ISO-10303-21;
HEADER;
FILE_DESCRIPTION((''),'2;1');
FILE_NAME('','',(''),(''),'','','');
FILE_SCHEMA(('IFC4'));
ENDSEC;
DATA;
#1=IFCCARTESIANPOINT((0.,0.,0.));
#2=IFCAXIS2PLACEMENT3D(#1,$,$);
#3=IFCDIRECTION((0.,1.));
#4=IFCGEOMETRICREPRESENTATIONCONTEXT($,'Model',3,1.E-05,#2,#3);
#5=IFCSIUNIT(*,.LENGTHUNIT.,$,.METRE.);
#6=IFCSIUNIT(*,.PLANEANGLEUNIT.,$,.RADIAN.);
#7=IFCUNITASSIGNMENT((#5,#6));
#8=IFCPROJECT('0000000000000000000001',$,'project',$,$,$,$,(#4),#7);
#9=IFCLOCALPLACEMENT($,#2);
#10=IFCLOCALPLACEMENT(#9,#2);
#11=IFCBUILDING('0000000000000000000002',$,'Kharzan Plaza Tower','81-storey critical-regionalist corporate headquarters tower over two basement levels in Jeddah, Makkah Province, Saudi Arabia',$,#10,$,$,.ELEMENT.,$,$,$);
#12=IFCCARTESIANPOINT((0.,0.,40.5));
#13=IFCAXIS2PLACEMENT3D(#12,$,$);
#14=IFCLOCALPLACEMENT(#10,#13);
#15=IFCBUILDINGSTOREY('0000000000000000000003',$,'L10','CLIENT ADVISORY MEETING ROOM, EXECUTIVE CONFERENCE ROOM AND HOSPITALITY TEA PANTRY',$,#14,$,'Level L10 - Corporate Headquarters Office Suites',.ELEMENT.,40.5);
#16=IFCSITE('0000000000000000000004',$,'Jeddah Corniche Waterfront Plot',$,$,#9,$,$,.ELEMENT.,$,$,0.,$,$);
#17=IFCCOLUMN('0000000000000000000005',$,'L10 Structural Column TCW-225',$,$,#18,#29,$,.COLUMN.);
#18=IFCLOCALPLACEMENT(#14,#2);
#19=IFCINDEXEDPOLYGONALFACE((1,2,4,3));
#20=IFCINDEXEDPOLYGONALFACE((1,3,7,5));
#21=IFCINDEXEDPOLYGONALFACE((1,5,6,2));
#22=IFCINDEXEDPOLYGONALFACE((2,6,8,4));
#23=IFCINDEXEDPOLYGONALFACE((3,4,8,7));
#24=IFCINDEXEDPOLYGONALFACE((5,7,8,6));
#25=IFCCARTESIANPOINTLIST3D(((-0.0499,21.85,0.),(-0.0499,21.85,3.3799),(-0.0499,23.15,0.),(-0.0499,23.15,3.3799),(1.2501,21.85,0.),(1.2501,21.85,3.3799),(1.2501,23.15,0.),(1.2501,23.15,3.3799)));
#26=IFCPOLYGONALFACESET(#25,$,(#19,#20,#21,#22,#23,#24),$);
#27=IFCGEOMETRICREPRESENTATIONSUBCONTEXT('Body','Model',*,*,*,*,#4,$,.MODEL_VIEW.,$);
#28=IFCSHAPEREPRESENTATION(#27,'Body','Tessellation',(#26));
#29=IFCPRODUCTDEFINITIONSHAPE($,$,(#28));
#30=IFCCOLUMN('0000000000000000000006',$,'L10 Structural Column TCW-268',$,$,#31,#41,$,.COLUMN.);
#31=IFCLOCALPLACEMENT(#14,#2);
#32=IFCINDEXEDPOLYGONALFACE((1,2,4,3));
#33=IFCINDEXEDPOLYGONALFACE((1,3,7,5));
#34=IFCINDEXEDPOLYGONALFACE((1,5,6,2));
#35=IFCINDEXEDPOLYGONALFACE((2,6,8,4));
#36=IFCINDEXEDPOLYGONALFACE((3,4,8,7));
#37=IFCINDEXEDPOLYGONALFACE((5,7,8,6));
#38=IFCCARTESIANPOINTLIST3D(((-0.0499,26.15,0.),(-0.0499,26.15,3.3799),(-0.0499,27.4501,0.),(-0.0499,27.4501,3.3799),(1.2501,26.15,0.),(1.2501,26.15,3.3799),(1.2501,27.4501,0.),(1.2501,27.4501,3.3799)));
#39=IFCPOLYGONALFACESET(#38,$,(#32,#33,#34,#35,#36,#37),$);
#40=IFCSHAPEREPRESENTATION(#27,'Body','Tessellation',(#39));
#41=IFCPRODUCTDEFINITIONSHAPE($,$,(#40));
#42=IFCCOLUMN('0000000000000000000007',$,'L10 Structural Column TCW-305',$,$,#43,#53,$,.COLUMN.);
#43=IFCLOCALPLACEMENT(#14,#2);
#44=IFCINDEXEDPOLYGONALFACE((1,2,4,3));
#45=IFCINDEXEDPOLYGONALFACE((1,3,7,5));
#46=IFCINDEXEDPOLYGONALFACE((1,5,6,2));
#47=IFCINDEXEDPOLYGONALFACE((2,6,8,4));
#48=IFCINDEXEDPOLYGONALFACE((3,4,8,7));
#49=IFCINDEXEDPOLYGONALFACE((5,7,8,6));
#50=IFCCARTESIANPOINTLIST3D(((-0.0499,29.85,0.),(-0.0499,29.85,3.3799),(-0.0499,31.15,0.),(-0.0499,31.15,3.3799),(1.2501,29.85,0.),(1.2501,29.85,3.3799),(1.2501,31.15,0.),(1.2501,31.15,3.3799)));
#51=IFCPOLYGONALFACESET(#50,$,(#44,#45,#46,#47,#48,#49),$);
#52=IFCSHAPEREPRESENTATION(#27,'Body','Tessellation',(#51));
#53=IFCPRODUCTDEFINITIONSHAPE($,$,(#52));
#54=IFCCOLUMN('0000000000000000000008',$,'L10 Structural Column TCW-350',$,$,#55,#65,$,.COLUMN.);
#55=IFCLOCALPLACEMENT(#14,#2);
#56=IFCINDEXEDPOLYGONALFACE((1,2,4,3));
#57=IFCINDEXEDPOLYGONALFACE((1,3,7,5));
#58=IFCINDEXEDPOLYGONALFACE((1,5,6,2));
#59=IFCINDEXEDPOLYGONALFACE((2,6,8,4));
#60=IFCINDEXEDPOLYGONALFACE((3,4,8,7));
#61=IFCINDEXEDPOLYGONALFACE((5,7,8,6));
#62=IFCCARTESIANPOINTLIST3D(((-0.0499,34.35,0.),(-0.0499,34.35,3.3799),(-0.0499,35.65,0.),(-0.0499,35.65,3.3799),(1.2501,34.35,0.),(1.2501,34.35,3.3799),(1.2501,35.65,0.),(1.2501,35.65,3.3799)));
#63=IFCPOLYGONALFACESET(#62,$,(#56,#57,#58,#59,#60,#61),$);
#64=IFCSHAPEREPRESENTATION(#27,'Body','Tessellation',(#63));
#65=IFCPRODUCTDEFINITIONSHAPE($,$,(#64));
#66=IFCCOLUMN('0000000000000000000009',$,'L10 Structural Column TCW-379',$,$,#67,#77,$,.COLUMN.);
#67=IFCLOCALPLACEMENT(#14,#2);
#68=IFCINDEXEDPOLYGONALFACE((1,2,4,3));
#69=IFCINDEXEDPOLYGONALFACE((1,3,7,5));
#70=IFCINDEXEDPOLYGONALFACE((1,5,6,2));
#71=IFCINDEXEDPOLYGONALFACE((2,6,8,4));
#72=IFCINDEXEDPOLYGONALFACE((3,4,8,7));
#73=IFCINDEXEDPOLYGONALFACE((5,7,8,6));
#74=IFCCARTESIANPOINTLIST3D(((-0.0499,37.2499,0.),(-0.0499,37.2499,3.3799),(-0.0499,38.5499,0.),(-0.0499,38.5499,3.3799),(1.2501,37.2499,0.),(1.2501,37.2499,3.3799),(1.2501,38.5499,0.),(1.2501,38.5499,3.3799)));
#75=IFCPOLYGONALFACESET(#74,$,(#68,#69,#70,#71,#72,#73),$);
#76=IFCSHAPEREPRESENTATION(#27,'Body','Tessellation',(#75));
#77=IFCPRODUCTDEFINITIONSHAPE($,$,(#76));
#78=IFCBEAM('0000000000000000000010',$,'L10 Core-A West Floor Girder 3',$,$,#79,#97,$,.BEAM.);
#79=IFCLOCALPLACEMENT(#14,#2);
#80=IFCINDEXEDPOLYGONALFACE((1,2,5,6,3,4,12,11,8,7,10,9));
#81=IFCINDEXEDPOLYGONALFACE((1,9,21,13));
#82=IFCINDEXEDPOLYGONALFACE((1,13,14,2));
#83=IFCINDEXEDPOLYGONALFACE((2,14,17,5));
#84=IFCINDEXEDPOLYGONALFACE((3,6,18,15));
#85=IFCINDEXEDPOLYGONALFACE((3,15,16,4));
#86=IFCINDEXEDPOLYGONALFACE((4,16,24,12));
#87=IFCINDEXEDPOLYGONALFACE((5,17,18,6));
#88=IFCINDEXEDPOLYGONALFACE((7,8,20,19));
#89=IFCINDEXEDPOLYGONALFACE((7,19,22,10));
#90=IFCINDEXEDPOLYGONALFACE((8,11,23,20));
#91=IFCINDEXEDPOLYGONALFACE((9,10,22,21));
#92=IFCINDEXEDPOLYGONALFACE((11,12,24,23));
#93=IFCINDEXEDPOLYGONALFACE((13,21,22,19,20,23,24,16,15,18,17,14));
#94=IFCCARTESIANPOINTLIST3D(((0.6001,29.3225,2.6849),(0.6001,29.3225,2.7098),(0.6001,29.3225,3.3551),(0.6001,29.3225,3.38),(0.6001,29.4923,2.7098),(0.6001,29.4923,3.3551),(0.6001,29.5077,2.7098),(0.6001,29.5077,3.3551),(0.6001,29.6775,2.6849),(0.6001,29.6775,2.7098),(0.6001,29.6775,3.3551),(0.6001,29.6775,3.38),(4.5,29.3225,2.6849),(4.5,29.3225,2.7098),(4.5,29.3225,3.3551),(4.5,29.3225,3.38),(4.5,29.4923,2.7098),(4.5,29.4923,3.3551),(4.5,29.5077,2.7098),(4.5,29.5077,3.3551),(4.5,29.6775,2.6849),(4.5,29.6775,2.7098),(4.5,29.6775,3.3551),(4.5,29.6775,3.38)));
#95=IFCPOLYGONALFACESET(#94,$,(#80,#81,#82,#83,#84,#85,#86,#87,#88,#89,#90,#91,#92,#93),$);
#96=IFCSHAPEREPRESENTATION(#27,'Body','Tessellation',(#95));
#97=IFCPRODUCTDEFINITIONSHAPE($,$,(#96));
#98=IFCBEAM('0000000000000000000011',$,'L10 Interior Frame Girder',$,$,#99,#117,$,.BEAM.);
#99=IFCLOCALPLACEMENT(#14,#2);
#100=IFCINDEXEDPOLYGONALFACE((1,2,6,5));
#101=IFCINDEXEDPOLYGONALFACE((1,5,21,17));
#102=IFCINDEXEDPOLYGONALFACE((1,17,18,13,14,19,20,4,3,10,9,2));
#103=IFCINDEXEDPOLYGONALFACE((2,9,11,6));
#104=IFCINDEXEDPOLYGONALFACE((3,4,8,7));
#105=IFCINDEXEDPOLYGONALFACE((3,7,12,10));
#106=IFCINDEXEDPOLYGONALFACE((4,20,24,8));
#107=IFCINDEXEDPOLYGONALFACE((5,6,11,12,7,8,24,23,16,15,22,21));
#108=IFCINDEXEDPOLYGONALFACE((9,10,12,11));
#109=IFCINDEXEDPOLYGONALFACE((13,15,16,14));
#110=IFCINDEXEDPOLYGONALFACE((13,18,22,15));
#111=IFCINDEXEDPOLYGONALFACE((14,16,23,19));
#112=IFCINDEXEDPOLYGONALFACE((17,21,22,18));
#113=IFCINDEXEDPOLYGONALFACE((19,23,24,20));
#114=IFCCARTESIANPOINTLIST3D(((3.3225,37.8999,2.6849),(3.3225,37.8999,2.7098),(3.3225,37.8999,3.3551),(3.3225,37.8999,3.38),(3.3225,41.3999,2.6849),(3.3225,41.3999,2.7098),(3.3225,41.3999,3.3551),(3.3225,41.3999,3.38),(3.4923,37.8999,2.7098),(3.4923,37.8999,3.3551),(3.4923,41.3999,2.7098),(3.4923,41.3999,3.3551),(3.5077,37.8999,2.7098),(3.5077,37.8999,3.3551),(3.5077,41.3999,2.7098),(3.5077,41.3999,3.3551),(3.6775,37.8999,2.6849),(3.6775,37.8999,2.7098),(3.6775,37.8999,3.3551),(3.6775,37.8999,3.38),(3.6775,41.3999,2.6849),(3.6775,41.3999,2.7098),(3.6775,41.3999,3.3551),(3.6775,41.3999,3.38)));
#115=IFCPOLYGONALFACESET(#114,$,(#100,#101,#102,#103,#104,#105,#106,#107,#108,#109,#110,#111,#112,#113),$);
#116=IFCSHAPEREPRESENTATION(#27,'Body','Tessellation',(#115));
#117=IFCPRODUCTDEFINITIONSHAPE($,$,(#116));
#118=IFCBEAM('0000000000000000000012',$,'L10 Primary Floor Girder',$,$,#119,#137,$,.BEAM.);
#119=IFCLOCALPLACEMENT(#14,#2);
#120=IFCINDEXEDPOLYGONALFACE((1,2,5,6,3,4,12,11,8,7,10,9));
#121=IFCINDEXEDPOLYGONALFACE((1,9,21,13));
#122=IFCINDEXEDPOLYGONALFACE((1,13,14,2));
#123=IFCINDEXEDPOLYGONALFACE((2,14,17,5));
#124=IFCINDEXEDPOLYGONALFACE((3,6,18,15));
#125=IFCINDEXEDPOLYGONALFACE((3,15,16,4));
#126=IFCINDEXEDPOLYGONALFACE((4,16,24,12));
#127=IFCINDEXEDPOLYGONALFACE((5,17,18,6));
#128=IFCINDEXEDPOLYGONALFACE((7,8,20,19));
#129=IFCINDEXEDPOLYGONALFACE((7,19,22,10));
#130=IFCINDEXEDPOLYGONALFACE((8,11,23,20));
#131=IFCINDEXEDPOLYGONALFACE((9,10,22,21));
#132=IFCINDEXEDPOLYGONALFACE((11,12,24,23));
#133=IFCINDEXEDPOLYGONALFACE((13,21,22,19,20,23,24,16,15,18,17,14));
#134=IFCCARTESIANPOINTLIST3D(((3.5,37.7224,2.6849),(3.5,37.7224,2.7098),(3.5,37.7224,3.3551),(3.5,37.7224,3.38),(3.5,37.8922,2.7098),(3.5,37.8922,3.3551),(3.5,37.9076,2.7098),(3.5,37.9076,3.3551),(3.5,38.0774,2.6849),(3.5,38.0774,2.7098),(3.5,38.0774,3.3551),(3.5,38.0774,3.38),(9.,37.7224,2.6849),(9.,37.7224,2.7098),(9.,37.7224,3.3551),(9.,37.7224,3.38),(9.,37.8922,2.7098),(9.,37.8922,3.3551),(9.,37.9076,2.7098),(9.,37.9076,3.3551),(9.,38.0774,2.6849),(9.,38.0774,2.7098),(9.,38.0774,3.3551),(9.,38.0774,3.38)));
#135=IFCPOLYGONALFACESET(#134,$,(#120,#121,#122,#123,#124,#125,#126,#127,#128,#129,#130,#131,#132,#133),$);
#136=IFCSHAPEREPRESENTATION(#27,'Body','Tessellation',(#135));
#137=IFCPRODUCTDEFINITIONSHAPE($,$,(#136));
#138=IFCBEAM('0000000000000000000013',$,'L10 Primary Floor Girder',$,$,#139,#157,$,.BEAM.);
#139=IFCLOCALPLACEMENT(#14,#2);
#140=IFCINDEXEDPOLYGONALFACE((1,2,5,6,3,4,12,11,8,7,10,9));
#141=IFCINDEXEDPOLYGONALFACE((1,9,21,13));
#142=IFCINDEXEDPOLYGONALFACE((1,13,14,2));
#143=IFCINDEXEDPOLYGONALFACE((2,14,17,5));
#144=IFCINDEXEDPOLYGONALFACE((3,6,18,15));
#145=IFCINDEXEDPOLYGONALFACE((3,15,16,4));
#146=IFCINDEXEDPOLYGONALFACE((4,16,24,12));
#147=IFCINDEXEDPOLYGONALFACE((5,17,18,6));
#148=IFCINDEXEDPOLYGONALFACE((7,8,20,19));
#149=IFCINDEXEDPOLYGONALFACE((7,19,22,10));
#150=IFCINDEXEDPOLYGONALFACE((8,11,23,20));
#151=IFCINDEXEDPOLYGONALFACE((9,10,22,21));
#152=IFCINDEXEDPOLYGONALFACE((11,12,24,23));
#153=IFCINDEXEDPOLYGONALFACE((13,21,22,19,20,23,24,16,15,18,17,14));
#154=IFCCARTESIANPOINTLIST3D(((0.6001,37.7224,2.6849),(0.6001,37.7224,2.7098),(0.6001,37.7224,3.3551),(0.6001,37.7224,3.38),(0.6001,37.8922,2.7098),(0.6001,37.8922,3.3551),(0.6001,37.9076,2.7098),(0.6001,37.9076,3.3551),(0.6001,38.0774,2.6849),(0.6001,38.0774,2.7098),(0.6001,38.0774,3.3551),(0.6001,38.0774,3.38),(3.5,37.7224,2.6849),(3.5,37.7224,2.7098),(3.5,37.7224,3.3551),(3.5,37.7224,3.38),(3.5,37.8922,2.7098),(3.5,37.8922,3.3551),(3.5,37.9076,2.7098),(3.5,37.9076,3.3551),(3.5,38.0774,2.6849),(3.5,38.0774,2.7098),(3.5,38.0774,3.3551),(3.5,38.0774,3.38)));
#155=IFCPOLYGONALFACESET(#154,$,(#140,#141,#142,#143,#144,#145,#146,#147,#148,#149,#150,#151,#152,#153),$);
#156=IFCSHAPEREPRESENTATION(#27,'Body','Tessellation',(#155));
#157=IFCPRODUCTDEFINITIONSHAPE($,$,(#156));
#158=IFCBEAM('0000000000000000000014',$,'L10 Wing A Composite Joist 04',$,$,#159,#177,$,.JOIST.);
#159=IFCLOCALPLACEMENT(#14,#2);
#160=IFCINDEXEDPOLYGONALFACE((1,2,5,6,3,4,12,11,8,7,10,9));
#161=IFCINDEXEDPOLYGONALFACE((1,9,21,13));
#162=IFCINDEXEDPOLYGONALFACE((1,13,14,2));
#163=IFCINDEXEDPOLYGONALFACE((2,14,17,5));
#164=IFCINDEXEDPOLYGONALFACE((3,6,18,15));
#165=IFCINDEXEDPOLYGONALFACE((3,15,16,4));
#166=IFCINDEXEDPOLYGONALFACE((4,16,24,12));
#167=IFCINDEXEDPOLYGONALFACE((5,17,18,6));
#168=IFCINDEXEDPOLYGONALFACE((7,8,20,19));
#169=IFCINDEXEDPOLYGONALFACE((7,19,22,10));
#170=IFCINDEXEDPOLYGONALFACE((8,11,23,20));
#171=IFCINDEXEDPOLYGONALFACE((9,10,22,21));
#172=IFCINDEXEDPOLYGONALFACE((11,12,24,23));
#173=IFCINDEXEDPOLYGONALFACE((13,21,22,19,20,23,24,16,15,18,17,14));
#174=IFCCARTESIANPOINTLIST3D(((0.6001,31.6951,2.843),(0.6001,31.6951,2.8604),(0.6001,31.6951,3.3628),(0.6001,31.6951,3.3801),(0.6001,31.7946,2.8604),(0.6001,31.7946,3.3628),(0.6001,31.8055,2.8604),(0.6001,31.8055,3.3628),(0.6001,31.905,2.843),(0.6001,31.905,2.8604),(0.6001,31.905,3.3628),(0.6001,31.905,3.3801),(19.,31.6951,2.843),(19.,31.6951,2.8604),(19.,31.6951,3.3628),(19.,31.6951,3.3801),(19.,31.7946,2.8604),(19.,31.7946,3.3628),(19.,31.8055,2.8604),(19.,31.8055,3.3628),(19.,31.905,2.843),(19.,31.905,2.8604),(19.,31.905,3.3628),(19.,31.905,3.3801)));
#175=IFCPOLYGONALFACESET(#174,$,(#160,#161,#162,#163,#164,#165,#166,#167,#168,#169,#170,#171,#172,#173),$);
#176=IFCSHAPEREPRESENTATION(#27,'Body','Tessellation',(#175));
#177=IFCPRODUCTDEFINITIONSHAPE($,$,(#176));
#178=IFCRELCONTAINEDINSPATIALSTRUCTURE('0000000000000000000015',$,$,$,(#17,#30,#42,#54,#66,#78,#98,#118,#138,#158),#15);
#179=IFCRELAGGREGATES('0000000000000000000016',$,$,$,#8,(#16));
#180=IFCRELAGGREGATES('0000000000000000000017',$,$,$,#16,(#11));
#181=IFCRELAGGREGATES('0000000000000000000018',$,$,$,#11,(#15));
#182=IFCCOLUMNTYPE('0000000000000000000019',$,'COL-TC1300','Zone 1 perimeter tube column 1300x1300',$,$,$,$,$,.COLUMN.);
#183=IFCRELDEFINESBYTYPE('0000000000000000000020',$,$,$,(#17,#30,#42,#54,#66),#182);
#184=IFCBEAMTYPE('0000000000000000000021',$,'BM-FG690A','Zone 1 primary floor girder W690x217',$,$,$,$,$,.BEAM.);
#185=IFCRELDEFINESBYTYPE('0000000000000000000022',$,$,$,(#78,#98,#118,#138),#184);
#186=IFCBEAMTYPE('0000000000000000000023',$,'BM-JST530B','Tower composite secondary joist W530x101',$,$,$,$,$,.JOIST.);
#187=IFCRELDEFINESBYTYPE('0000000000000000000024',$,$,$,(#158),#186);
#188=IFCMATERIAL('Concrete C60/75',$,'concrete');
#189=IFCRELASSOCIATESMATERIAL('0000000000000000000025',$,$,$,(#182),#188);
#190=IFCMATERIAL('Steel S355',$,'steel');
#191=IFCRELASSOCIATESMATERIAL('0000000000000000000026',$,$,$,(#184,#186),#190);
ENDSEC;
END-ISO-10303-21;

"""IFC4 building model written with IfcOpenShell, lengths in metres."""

from ifc_helpers import new_model, si_unit, direction, frame, origin, origin_2d, place, context, subcontext, project, spatial, rectangle, i_section, extrude, source, transform, mapped, material, material_profile, profile_set, type_object, element, save


model = new_model("IFC4")

# Units and contexts
model_context = context("Model", 3, precision=1e-05, world=origin(), true_north=direction((0.0, 1.0)))
body_context = subcontext(model_context, "Body", "Model", "MODEL_VIEW")
ifc_project = project(units=[si_unit("LENGTHUNIT", "METRE"), si_unit("PLANEANGLEUNIT", "RADIAN")], contexts=[model_context])

# Site, building, storey
site_placement = place(None, origin())
site = spatial("IfcSite", under=ifc_project, at=site_placement, Name="Jeddah Corniche Waterfront Plot", CompositionType="ELEMENT", RefElevation=0.0)
building_placement = place(site_placement, origin())
building = spatial("IfcBuilding", under=site, at=building_placement, Name="Kharzan Plaza Tower", Description="81-storey critical-regionalist corporate headquarters tower over two basement levels in Jeddah, Makkah Province, Saudi Arabia", CompositionType="ELEMENT")
storey_placement = place(building_placement, frame((0.0, 0.0, 40.5)))
storey = spatial("IfcBuildingStorey", under=building, at=storey_placement, Name="L10", Description="CLIENT ADVISORY MEETING ROOM, EXECUTIVE CONFERENCE ROOM AND HOSPITALITY TEA PANTRY", LongName="Level L10 - Corporate Headquarters Office Suites", CompositionType="ELEMENT", Elevation=40.5)

# Columns
ifc_material_1 = material(Name="Concrete C60/75", Category="concrete")
ifc_material_profile_1 = material_profile(ifc_material_1, rectangle(XDim=1.3, YDim=1.3, at=origin_2d()), Name="RC-TC1300x1300")
ifc_profile_set_1 = profile_set([ifc_material_profile_1], Name="Concrete C60/75")
column_type = type_object("IfcColumnType", Name="COL-TC1300", Description="Zone 1 perimeter tube column 1300x1300", PredefinedType="COLUMN", material=ifc_profile_set_1)
shared_shape_1 = source(origin(), body_context, "Body", "SweptSolid", [
    extrude(rectangle(XDim=1.3, YDim=1.3, at=origin_2d()), origin(), (0.0, 0.0, 1.0), 3.3799),
])
for number, where, z_axis, x_axis, name in (
    (1, (0.6001, 22.5, 0.0), (0.0, 0.0, 1.0), (1.0, 0.0, 0.0), "L10 Structural Column TCW-225"),
    (2, (0.6001, 26.8, 0.0), (0.0, 0.0, 1.0), (1.0, 0.0, 0.0), "L10 Structural Column TCW-268"),
    (3, (0.6001, 30.5, 0.0), (0.0, 0.0, 1.0), (1.0, 0.0, 0.0), "L10 Structural Column TCW-305"),
    (4, (0.6001, 35.0, 0.0), (0.0, 0.0, 1.0), (1.0, 0.0, 0.0), "L10 Structural Column TCW-350"),
    (5, (0.6001, 37.8999, 0.0), (0.0, 0.0, 1.0), (1.0, 0.0, 0.0), "L10 Structural Column TCW-379"),
):
    element("IfcColumn", number, at=place(storey_placement, frame(where, z_axis=z_axis, x_axis=x_axis)), inside=storey, type_object=column_type, Name=name, PredefinedType="COLUMN", context=body_context, shape_type="MappedRepresentation", body=[
        mapped(shared_shape_1, transform((0.0, 0.0, 0.0), x_axis=(1.0, 0.0, 0.0), y_axis=(0.0, 1.0, 0.0), z_axis=(0.0, 0.0, 1.0))),
    ])

# Beams
ifc_material_2 = material(Name="Steel S355", Category="steel")
ifc_material_profile_2 = material_profile(ifc_material_2, i_section(OverallWidth=0.355, OverallDepth=0.6951, WebThickness=0.0154, FlangeThickness=0.0249, at=origin_2d()), Name="W690x217")
ifc_profile_set_2 = profile_set([ifc_material_profile_2], Name="Steel S355")
beam_type_1 = type_object("IfcBeamType", Name="BM-FG690A", Description="Zone 1 primary floor girder W690x217", PredefinedType="BEAM", material=ifc_profile_set_2)
shared_shape_2 = source(origin(), body_context, "Body", "SweptSolid", [
    extrude(i_section(OverallWidth=0.355, OverallDepth=0.6951, WebThickness=0.0154, FlangeThickness=0.0249, at=origin_2d()), origin(), (0.0, 0.0, 1.0), 3.8999),
])
beam_1_placement = place(storey_placement, frame((0.6001, 29.5, 3.0325), z_axis=(1.0, 0.0, 0.0), x_axis=(0.0, 1.0, 0.0)))
element("IfcBeam", 6, at=beam_1_placement, inside=storey, type_object=beam_type_1, Name="L10 Core-A West Floor Girder 3", PredefinedType="BEAM", context=body_context, shape_type="MappedRepresentation", body=[
    mapped(shared_shape_2, transform((0.0, 0.0, 0.0), x_axis=(1.0, 0.0, 0.0), y_axis=(0.0, 1.0, 0.0), z_axis=(0.0, 0.0, 1.0))),
])
shared_shape_3 = source(origin(), body_context, "Body", "SweptSolid", [
    extrude(i_section(OverallWidth=0.355, OverallDepth=0.6951, WebThickness=0.0154, FlangeThickness=0.0249, at=origin_2d()), origin(), (0.0, 0.0, 1.0), 3.5),
])
beam_2_placement = place(storey_placement, frame((3.5, 37.8999, 3.0325), z_axis=(0.0, 1.0, 0.0), x_axis=(-1.0, 0.0, 0.0)))
element("IfcBeam", 7, at=beam_2_placement, inside=storey, type_object=beam_type_1, Name="L10 Interior Frame Girder", PredefinedType="BEAM", context=body_context, shape_type="MappedRepresentation", body=[
    mapped(shared_shape_3, transform((0.0, 0.0, 0.0), x_axis=(1.0, 0.0, 0.0), y_axis=(0.0, 1.0, 0.0), z_axis=(0.0, 0.0, 1.0))),
])
shared_shape_4 = source(origin(), body_context, "Body", "SweptSolid", [
    extrude(i_section(OverallWidth=0.355, OverallDepth=0.6951, WebThickness=0.0154, FlangeThickness=0.0249, at=origin_2d()), origin(), (0.0, 0.0, 1.0), 5.5),
])
beam_3_placement = place(storey_placement, frame((3.5, 37.8999, 3.0325), z_axis=(1.0, 0.0, 0.0), x_axis=(0.0, 1.0, 0.0)))
element("IfcBeam", 8, at=beam_3_placement, inside=storey, type_object=beam_type_1, Name="L10 Primary Floor Girder", PredefinedType="BEAM", context=body_context, shape_type="MappedRepresentation", body=[
    mapped(shared_shape_4, transform((0.0, 0.0, 0.0), x_axis=(1.0, 0.0, 0.0), y_axis=(0.0, 1.0, 0.0), z_axis=(0.0, 0.0, 1.0))),
])
shared_shape_5 = source(origin(), body_context, "Body", "SweptSolid", [
    extrude(i_section(OverallWidth=0.355, OverallDepth=0.6951, WebThickness=0.0154, FlangeThickness=0.0249, at=origin_2d()), origin(), (0.0, 0.0, 1.0), 2.8999),
])
beam_4_placement = place(storey_placement, frame((0.6001, 37.8999, 3.0325), z_axis=(1.0, 0.0, 0.0), x_axis=(0.0, 1.0, 0.0)))
element("IfcBeam", 9, at=beam_4_placement, inside=storey, type_object=beam_type_1, Name="L10 Primary Floor Girder", PredefinedType="BEAM", context=body_context, shape_type="MappedRepresentation", body=[
    mapped(shared_shape_5, transform((0.0, 0.0, 0.0), x_axis=(1.0, 0.0, 0.0), y_axis=(0.0, 1.0, 0.0), z_axis=(0.0, 0.0, 1.0))),
])
ifc_material_profile_3 = material_profile(ifc_material_2, i_section(OverallWidth=0.21, OverallDepth=0.5371, WebThickness=0.011, FlangeThickness=0.0173, at=origin_2d()), Name="W530x101")
ifc_profile_set_3 = profile_set([ifc_material_profile_3], Name="Steel S355")
beam_type_2 = type_object("IfcBeamType", Name="BM-JST530B", Description="Tower composite secondary joist W530x101", PredefinedType="JOIST", material=ifc_profile_set_3)
shared_shape_6 = source(origin(), body_context, "Body", "SweptSolid", [
    extrude(i_section(OverallWidth=0.21, OverallDepth=0.5371, WebThickness=0.011, FlangeThickness=0.0173, at=origin_2d()), origin(), (0.0, 0.0, 1.0), 18.3999),
])
for number, where, z_axis, x_axis, name in (
    (10, (0.6001, 31.8, 3.1116), (1.0, 0.0, 0.0), (0.0, 1.0, 0.0), "L10 Wing A Composite Joist 04"),
):
    element("IfcBeam", number, at=place(storey_placement, frame(where, z_axis=z_axis, x_axis=x_axis)), inside=storey, type_object=beam_type_2, Name=name, PredefinedType="JOIST", context=body_context, shape_type="MappedRepresentation", body=[
        mapped(shared_shape_6, transform((0.0, 0.0, 0.0), x_axis=(1.0, 0.0, 0.0), y_axis=(0.0, 1.0, 0.0), z_axis=(0.0, 0.0, 1.0))),
    ])

save(model, "model.ifc")
